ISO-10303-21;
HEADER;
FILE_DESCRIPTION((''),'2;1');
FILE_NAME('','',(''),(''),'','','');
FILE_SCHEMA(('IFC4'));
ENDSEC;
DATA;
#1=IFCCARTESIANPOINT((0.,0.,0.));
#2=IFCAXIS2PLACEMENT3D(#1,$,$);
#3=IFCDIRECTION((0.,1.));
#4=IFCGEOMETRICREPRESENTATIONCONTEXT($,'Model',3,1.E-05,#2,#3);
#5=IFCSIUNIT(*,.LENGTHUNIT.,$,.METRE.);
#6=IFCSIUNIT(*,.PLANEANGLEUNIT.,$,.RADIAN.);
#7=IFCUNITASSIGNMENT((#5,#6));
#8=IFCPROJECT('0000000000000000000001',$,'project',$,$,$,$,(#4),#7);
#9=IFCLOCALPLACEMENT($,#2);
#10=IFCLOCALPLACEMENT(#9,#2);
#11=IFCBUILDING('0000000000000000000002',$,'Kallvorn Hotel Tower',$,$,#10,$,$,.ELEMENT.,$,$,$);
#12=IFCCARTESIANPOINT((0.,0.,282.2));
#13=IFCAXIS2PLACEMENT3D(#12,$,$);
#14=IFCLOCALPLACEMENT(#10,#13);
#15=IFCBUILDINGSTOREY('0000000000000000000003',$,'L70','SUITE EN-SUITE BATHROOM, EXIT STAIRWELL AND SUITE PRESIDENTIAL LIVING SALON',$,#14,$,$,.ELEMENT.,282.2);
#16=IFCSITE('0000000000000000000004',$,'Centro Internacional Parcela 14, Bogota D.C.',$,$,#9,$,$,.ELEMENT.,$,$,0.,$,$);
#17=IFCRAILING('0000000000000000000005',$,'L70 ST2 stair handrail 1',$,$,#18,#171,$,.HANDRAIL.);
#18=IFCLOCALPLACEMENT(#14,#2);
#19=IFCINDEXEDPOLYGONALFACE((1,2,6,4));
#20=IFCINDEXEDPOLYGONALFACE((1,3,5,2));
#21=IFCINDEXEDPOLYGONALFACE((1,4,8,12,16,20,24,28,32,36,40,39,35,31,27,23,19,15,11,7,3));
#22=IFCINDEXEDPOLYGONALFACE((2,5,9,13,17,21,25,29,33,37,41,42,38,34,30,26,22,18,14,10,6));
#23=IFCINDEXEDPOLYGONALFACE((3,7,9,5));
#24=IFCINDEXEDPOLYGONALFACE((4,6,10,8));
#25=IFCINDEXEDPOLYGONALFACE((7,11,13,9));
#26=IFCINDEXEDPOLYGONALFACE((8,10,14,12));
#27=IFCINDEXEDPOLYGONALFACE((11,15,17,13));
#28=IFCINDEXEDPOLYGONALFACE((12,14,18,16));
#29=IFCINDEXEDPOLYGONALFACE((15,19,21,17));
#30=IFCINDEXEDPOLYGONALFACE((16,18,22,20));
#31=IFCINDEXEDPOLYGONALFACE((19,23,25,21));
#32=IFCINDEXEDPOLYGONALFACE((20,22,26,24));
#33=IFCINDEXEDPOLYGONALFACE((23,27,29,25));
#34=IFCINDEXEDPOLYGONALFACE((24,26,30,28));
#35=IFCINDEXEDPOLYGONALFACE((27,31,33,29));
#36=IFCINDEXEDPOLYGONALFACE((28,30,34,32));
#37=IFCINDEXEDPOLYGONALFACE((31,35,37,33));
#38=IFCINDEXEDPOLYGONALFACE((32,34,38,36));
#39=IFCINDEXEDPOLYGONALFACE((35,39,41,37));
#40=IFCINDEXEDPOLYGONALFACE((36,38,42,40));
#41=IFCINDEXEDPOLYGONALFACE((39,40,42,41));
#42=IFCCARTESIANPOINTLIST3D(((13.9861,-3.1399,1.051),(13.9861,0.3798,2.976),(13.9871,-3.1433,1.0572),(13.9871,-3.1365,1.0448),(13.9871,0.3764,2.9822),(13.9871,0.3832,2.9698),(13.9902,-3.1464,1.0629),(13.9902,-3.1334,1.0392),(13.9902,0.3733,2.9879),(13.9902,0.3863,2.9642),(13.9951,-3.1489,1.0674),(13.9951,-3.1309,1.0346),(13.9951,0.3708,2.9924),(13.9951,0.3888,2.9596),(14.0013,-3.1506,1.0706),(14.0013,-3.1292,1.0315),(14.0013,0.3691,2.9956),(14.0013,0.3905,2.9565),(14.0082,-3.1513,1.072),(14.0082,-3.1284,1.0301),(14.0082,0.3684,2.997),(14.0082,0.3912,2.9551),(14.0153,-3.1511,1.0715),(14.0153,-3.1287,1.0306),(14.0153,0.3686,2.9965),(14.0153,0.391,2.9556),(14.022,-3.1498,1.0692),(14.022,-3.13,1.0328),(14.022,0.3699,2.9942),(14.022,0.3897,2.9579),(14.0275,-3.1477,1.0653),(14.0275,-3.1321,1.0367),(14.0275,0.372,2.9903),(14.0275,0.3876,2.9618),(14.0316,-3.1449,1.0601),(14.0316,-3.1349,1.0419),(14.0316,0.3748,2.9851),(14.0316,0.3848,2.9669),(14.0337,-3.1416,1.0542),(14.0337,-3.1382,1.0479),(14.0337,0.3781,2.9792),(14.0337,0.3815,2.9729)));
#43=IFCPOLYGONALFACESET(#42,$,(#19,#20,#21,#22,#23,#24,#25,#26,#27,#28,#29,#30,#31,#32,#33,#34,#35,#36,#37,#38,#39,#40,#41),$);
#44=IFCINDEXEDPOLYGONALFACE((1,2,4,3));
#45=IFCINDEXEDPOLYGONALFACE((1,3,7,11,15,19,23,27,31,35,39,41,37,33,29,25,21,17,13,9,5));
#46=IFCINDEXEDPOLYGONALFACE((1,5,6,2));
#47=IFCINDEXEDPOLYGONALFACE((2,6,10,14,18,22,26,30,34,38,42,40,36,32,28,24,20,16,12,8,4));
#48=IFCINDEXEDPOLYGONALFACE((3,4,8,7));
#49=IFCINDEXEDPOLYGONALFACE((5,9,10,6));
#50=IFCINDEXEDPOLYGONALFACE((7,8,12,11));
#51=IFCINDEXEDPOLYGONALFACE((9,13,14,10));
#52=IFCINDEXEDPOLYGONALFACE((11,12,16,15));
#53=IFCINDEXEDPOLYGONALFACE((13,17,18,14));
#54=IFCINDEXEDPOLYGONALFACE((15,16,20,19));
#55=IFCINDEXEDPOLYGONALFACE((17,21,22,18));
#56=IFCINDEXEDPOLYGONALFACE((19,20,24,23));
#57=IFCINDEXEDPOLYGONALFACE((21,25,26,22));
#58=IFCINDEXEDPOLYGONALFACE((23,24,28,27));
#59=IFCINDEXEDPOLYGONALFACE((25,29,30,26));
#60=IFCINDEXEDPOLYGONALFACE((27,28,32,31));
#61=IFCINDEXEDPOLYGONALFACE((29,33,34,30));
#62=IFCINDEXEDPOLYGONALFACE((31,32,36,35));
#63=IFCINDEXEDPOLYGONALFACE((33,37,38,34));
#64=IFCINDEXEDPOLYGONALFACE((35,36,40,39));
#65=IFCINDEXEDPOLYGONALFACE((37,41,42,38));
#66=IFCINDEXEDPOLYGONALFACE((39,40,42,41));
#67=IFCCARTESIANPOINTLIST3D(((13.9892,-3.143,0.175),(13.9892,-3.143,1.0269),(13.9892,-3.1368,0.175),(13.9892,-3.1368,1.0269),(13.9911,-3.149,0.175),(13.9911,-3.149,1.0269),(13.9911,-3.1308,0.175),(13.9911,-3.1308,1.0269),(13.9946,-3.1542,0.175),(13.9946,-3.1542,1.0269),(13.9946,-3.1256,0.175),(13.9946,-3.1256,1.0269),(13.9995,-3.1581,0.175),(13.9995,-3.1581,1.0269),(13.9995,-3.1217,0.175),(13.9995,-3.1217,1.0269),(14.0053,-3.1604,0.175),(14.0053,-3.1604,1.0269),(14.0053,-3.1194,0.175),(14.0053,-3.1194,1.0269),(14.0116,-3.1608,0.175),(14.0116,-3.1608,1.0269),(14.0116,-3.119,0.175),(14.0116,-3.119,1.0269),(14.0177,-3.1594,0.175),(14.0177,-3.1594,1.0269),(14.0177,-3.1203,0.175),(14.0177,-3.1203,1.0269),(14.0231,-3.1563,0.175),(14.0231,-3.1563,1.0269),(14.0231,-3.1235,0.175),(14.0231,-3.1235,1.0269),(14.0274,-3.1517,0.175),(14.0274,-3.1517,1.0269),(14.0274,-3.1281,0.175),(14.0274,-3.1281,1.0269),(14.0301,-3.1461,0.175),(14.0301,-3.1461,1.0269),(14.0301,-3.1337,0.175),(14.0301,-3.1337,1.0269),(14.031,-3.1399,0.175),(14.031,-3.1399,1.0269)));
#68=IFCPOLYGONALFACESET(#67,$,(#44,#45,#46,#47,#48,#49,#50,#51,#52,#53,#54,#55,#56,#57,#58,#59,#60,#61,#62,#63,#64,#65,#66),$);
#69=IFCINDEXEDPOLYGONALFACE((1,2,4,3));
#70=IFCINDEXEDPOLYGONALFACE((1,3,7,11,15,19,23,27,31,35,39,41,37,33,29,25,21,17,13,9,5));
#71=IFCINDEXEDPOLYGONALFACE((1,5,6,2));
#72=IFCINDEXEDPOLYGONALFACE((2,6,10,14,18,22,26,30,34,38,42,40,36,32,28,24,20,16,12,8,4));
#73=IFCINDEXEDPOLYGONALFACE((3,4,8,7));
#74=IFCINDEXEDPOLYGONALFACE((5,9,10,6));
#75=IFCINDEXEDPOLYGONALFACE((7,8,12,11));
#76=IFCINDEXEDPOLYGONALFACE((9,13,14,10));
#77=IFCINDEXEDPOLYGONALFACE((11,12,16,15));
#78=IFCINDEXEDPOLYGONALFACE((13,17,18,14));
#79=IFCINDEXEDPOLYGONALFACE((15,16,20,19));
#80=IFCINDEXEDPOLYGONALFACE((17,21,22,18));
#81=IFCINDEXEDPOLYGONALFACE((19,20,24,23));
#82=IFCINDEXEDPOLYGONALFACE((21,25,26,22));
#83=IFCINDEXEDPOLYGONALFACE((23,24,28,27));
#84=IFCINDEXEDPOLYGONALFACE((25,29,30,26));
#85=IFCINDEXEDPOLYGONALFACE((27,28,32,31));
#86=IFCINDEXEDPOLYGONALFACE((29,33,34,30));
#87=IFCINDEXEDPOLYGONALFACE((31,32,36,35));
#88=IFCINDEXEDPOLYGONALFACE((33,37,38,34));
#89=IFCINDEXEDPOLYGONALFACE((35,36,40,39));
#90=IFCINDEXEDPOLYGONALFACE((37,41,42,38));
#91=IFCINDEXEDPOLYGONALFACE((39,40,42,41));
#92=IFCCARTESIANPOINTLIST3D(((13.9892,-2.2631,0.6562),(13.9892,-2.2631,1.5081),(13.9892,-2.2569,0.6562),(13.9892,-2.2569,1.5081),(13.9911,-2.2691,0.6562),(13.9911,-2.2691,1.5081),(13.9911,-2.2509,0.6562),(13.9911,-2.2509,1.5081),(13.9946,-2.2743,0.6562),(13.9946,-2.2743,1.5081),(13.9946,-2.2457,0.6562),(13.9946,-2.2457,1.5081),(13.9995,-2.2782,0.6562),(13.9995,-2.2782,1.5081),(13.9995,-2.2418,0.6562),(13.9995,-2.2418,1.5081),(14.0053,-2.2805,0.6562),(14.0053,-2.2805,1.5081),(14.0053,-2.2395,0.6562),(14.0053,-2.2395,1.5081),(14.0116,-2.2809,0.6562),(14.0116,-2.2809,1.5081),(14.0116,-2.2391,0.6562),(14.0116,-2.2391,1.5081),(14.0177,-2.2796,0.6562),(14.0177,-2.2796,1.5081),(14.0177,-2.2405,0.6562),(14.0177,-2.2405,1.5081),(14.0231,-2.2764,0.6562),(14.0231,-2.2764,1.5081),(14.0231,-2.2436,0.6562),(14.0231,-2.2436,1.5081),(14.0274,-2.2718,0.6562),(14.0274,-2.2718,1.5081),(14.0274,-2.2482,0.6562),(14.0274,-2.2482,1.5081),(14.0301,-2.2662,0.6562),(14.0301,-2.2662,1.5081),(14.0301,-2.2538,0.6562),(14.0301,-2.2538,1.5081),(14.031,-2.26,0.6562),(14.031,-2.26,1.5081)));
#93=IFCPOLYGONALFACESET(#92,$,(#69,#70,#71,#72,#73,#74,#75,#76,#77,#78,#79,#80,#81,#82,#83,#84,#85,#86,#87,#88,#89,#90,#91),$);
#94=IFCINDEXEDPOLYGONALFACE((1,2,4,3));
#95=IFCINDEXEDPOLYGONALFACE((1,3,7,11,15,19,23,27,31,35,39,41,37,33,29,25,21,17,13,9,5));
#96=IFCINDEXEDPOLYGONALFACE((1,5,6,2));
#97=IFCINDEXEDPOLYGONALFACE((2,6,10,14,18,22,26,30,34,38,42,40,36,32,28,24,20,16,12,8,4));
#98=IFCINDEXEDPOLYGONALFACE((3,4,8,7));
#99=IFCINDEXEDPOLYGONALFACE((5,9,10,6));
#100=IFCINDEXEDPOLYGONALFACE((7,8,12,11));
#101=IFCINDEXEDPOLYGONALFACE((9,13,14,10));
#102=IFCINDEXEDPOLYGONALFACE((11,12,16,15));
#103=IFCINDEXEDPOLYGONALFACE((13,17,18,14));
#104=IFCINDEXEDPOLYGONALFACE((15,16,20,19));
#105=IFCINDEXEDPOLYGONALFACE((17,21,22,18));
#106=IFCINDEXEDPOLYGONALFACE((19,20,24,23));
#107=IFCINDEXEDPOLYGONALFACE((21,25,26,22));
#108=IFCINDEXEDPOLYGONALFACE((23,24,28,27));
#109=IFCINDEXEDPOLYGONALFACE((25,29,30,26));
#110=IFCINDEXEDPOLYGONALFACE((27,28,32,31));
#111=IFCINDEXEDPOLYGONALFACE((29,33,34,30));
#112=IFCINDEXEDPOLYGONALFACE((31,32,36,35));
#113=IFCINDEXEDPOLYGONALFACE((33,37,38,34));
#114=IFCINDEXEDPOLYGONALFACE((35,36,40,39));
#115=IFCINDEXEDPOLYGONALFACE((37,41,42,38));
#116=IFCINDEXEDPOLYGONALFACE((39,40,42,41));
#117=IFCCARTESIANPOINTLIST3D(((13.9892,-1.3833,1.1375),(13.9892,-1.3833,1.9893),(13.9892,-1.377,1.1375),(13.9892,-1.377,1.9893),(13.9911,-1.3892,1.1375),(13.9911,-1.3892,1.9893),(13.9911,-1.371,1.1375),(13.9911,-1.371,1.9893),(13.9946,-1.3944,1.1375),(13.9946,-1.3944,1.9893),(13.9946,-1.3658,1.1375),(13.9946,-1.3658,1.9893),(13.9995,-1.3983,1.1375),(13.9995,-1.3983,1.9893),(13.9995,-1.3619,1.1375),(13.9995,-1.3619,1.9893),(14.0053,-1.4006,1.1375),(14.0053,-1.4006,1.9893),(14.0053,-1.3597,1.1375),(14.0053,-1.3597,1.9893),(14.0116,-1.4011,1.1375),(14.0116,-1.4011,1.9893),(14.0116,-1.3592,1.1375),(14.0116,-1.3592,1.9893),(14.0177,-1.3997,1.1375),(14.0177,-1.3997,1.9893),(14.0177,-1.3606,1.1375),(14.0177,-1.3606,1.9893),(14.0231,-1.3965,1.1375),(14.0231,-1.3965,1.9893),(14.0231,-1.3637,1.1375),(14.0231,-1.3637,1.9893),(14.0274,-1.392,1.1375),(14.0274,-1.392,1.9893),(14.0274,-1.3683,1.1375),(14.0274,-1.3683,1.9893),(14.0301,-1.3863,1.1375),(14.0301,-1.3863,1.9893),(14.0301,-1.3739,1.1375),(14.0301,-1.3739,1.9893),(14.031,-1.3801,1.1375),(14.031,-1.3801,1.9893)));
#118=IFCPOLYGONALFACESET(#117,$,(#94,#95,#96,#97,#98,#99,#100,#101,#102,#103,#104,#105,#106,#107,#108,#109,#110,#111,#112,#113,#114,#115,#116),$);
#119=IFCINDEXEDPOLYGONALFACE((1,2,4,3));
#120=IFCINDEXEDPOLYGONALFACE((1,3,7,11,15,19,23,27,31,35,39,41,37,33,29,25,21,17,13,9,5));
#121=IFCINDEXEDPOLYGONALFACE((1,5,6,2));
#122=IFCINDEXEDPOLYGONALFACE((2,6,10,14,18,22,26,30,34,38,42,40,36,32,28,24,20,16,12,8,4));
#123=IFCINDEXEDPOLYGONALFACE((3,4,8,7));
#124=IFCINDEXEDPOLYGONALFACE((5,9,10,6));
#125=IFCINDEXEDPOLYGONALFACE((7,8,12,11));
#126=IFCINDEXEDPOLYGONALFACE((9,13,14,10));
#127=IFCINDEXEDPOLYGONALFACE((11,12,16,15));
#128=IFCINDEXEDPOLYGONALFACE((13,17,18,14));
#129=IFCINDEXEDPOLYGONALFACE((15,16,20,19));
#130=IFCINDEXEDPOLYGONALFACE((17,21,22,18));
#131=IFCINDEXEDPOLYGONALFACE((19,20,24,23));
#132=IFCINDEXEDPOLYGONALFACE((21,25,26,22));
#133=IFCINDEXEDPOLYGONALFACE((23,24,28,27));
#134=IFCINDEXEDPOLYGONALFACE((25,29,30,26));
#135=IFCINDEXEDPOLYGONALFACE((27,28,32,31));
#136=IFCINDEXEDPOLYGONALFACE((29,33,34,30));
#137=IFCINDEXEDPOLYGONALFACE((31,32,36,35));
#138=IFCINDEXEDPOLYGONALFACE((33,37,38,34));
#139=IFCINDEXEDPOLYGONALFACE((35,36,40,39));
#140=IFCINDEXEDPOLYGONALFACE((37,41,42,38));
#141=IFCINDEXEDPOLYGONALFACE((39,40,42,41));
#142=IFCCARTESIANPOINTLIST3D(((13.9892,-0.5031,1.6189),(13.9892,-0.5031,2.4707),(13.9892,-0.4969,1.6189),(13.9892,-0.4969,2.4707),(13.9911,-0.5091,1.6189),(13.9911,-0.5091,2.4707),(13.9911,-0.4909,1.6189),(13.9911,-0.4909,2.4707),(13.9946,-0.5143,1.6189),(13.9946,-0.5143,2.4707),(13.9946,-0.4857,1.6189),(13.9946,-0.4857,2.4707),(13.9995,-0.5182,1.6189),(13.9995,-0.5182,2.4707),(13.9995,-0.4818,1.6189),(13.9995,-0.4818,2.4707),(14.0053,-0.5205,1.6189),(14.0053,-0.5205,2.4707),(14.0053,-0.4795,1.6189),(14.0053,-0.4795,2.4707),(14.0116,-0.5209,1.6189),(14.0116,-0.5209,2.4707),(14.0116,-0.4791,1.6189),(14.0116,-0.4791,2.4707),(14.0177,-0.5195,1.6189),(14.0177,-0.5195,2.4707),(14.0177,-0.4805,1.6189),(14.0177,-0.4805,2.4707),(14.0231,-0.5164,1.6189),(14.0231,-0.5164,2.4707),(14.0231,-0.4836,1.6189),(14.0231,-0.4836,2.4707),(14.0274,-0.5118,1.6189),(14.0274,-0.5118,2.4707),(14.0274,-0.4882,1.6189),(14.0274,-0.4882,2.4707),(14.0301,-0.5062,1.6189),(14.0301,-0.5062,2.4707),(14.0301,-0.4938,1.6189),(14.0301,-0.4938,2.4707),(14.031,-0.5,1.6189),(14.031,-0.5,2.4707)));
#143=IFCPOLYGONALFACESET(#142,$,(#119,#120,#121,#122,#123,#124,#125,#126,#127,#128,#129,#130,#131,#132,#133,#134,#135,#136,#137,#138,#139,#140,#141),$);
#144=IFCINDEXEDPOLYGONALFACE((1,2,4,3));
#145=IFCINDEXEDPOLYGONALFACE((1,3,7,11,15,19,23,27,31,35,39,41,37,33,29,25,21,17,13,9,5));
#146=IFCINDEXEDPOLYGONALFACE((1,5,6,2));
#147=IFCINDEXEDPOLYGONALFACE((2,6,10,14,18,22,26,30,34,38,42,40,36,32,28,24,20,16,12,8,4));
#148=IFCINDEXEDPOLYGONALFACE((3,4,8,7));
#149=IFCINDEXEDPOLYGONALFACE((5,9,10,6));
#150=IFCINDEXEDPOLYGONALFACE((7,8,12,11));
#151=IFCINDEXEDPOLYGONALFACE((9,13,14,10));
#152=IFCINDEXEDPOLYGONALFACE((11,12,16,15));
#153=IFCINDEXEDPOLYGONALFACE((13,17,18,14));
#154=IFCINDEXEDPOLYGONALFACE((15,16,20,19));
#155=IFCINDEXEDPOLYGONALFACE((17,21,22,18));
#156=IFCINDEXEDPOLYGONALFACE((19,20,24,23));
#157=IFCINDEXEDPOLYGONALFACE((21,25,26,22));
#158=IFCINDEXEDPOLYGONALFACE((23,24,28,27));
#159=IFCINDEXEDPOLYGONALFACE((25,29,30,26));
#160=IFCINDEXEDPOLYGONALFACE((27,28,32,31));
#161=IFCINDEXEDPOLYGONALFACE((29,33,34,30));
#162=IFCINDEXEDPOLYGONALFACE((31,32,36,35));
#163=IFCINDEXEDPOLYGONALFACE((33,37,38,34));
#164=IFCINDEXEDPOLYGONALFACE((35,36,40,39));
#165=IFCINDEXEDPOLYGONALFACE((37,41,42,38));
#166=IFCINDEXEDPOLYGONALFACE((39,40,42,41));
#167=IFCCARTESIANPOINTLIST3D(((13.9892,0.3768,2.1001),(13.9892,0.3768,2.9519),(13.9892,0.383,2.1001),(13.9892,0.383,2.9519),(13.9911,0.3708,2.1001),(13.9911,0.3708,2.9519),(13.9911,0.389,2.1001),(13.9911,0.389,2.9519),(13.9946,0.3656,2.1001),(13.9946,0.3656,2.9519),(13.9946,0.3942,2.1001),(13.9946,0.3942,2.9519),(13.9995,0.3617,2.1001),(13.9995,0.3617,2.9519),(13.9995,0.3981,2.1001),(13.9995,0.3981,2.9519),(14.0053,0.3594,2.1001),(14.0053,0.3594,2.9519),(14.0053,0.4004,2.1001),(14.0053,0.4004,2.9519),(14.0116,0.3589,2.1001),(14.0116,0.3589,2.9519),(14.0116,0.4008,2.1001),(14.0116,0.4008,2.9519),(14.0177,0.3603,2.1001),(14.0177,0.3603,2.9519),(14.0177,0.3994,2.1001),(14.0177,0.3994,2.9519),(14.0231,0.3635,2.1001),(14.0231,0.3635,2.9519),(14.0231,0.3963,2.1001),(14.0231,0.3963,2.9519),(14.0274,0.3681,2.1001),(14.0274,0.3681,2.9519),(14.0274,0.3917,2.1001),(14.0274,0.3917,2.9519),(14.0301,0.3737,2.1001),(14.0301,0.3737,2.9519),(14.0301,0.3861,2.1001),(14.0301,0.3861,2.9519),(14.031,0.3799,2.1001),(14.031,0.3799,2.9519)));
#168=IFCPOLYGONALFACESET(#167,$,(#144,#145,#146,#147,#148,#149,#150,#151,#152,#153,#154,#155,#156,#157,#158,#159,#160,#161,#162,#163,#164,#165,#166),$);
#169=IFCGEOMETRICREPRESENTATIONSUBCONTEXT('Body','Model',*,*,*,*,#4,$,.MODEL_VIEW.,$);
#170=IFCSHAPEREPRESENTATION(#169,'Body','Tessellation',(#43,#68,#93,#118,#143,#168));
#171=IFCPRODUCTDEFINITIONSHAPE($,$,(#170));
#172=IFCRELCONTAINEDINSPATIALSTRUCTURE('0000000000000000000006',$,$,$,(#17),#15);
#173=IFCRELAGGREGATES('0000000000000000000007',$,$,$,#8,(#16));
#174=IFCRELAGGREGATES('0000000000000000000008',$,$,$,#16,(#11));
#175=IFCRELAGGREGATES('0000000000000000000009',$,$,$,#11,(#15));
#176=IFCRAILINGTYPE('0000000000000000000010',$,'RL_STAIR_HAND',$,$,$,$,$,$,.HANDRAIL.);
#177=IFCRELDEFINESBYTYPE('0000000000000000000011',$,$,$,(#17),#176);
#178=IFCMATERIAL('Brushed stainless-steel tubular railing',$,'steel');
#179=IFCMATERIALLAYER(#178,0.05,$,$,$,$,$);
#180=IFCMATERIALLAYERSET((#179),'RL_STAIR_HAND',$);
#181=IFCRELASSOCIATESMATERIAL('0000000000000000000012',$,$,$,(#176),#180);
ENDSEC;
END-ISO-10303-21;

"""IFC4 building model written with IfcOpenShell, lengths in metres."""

from ifc_helpers import new_model, si_unit, direction, frame, origin, origin_2d, place, context, subcontext, project, spatial, circle, extrude, material, layer, layer_set, type_object, element, save


model = new_model("IFC4")

# Units and contexts
model_context = context("Model", 3, precision=1e-05, world=origin(), true_north=direction((0.0, 1.0)))
body_context = subcontext(model_context, "Body", "Model", "MODEL_VIEW")
ifc_project = project(units=[si_unit("LENGTHUNIT", "METRE"), si_unit("PLANEANGLEUNIT", "RADIAN")], contexts=[model_context])

# Site, building, storey
site_placement = place(None, origin())
site = spatial("IfcSite", under=ifc_project, at=site_placement, Name="Centro Internacional Parcela 14, Bogota D.C.", CompositionType="ELEMENT", RefElevation=0.0)
building_placement = place(site_placement, origin())
building = spatial("IfcBuilding", under=site, at=building_placement, Name="Kallvorn Hotel Tower", CompositionType="ELEMENT")
storey_placement = place(building_placement, frame((0.0, 0.0, 282.2)))
storey = spatial("IfcBuildingStorey", under=building, at=storey_placement, Name="L70", Description="SUITE EN-SUITE BATHROOM, EXIT STAIRWELL AND SUITE PRESIDENTIAL LIVING SALON", CompositionType="ELEMENT", Elevation=282.2)

# Railing
ifc_material_1 = material(Name="Brushed stainless-steel tubular railing", Category="steel")
ifc_layer_1 = layer(ifc_material_1, 0.05)
ifc_layer_set_1 = layer_set([ifc_layer_1], Name="RL_STAIR_HAND")
railing_type_1 = type_object("IfcRailingType", Name="RL_STAIR_HAND", PredefinedType="HANDRAIL", material=ifc_layer_set_1)
railing_1_placement = place(storey_placement, frame((14.01, -3.1399, 0.175)))
element("IfcRailing", 1, at=railing_1_placement, inside=storey, type_object=railing_type_1, Name="L70 ST2 stair handrail 1", PredefinedType="HANDRAIL", context=body_context, shape_type="SweptSolid", body=[
    extrude(circle(Radius=0.0239, at=origin_2d()), frame((0.0, 0.0, 0.876), z_axis=(0.0, 0.877353, 0.479845), x_axis=(-1.0, 0.0, 0.0)), (0.0, 0.0, 1.0), 4.0117),
    extrude(circle(Radius=0.021, at=origin_2d()), origin(), (0.0, 0.0, 1.0), 0.8518),
    extrude(circle(Radius=0.021, at=origin_2d()), frame((0.0, 0.8799, 0.4812)), (0.0, 0.0, 1.0), 0.8518),
    extrude(circle(Radius=0.021, at=origin_2d()), frame((0.0, 1.7598, 0.9624)), (0.0, 0.0, 1.0), 0.8518),
    extrude(circle(Radius=0.021, at=origin_2d()), frame((0.0, 2.6399, 1.4438)), (0.0, 0.0, 1.0), 0.8518),
    extrude(circle(Radius=0.021, at=origin_2d()), frame((0.0, 3.5198, 1.925)), (0.0, 0.0, 1.0), 0.8518),
])

save(model, "model.ifc")
